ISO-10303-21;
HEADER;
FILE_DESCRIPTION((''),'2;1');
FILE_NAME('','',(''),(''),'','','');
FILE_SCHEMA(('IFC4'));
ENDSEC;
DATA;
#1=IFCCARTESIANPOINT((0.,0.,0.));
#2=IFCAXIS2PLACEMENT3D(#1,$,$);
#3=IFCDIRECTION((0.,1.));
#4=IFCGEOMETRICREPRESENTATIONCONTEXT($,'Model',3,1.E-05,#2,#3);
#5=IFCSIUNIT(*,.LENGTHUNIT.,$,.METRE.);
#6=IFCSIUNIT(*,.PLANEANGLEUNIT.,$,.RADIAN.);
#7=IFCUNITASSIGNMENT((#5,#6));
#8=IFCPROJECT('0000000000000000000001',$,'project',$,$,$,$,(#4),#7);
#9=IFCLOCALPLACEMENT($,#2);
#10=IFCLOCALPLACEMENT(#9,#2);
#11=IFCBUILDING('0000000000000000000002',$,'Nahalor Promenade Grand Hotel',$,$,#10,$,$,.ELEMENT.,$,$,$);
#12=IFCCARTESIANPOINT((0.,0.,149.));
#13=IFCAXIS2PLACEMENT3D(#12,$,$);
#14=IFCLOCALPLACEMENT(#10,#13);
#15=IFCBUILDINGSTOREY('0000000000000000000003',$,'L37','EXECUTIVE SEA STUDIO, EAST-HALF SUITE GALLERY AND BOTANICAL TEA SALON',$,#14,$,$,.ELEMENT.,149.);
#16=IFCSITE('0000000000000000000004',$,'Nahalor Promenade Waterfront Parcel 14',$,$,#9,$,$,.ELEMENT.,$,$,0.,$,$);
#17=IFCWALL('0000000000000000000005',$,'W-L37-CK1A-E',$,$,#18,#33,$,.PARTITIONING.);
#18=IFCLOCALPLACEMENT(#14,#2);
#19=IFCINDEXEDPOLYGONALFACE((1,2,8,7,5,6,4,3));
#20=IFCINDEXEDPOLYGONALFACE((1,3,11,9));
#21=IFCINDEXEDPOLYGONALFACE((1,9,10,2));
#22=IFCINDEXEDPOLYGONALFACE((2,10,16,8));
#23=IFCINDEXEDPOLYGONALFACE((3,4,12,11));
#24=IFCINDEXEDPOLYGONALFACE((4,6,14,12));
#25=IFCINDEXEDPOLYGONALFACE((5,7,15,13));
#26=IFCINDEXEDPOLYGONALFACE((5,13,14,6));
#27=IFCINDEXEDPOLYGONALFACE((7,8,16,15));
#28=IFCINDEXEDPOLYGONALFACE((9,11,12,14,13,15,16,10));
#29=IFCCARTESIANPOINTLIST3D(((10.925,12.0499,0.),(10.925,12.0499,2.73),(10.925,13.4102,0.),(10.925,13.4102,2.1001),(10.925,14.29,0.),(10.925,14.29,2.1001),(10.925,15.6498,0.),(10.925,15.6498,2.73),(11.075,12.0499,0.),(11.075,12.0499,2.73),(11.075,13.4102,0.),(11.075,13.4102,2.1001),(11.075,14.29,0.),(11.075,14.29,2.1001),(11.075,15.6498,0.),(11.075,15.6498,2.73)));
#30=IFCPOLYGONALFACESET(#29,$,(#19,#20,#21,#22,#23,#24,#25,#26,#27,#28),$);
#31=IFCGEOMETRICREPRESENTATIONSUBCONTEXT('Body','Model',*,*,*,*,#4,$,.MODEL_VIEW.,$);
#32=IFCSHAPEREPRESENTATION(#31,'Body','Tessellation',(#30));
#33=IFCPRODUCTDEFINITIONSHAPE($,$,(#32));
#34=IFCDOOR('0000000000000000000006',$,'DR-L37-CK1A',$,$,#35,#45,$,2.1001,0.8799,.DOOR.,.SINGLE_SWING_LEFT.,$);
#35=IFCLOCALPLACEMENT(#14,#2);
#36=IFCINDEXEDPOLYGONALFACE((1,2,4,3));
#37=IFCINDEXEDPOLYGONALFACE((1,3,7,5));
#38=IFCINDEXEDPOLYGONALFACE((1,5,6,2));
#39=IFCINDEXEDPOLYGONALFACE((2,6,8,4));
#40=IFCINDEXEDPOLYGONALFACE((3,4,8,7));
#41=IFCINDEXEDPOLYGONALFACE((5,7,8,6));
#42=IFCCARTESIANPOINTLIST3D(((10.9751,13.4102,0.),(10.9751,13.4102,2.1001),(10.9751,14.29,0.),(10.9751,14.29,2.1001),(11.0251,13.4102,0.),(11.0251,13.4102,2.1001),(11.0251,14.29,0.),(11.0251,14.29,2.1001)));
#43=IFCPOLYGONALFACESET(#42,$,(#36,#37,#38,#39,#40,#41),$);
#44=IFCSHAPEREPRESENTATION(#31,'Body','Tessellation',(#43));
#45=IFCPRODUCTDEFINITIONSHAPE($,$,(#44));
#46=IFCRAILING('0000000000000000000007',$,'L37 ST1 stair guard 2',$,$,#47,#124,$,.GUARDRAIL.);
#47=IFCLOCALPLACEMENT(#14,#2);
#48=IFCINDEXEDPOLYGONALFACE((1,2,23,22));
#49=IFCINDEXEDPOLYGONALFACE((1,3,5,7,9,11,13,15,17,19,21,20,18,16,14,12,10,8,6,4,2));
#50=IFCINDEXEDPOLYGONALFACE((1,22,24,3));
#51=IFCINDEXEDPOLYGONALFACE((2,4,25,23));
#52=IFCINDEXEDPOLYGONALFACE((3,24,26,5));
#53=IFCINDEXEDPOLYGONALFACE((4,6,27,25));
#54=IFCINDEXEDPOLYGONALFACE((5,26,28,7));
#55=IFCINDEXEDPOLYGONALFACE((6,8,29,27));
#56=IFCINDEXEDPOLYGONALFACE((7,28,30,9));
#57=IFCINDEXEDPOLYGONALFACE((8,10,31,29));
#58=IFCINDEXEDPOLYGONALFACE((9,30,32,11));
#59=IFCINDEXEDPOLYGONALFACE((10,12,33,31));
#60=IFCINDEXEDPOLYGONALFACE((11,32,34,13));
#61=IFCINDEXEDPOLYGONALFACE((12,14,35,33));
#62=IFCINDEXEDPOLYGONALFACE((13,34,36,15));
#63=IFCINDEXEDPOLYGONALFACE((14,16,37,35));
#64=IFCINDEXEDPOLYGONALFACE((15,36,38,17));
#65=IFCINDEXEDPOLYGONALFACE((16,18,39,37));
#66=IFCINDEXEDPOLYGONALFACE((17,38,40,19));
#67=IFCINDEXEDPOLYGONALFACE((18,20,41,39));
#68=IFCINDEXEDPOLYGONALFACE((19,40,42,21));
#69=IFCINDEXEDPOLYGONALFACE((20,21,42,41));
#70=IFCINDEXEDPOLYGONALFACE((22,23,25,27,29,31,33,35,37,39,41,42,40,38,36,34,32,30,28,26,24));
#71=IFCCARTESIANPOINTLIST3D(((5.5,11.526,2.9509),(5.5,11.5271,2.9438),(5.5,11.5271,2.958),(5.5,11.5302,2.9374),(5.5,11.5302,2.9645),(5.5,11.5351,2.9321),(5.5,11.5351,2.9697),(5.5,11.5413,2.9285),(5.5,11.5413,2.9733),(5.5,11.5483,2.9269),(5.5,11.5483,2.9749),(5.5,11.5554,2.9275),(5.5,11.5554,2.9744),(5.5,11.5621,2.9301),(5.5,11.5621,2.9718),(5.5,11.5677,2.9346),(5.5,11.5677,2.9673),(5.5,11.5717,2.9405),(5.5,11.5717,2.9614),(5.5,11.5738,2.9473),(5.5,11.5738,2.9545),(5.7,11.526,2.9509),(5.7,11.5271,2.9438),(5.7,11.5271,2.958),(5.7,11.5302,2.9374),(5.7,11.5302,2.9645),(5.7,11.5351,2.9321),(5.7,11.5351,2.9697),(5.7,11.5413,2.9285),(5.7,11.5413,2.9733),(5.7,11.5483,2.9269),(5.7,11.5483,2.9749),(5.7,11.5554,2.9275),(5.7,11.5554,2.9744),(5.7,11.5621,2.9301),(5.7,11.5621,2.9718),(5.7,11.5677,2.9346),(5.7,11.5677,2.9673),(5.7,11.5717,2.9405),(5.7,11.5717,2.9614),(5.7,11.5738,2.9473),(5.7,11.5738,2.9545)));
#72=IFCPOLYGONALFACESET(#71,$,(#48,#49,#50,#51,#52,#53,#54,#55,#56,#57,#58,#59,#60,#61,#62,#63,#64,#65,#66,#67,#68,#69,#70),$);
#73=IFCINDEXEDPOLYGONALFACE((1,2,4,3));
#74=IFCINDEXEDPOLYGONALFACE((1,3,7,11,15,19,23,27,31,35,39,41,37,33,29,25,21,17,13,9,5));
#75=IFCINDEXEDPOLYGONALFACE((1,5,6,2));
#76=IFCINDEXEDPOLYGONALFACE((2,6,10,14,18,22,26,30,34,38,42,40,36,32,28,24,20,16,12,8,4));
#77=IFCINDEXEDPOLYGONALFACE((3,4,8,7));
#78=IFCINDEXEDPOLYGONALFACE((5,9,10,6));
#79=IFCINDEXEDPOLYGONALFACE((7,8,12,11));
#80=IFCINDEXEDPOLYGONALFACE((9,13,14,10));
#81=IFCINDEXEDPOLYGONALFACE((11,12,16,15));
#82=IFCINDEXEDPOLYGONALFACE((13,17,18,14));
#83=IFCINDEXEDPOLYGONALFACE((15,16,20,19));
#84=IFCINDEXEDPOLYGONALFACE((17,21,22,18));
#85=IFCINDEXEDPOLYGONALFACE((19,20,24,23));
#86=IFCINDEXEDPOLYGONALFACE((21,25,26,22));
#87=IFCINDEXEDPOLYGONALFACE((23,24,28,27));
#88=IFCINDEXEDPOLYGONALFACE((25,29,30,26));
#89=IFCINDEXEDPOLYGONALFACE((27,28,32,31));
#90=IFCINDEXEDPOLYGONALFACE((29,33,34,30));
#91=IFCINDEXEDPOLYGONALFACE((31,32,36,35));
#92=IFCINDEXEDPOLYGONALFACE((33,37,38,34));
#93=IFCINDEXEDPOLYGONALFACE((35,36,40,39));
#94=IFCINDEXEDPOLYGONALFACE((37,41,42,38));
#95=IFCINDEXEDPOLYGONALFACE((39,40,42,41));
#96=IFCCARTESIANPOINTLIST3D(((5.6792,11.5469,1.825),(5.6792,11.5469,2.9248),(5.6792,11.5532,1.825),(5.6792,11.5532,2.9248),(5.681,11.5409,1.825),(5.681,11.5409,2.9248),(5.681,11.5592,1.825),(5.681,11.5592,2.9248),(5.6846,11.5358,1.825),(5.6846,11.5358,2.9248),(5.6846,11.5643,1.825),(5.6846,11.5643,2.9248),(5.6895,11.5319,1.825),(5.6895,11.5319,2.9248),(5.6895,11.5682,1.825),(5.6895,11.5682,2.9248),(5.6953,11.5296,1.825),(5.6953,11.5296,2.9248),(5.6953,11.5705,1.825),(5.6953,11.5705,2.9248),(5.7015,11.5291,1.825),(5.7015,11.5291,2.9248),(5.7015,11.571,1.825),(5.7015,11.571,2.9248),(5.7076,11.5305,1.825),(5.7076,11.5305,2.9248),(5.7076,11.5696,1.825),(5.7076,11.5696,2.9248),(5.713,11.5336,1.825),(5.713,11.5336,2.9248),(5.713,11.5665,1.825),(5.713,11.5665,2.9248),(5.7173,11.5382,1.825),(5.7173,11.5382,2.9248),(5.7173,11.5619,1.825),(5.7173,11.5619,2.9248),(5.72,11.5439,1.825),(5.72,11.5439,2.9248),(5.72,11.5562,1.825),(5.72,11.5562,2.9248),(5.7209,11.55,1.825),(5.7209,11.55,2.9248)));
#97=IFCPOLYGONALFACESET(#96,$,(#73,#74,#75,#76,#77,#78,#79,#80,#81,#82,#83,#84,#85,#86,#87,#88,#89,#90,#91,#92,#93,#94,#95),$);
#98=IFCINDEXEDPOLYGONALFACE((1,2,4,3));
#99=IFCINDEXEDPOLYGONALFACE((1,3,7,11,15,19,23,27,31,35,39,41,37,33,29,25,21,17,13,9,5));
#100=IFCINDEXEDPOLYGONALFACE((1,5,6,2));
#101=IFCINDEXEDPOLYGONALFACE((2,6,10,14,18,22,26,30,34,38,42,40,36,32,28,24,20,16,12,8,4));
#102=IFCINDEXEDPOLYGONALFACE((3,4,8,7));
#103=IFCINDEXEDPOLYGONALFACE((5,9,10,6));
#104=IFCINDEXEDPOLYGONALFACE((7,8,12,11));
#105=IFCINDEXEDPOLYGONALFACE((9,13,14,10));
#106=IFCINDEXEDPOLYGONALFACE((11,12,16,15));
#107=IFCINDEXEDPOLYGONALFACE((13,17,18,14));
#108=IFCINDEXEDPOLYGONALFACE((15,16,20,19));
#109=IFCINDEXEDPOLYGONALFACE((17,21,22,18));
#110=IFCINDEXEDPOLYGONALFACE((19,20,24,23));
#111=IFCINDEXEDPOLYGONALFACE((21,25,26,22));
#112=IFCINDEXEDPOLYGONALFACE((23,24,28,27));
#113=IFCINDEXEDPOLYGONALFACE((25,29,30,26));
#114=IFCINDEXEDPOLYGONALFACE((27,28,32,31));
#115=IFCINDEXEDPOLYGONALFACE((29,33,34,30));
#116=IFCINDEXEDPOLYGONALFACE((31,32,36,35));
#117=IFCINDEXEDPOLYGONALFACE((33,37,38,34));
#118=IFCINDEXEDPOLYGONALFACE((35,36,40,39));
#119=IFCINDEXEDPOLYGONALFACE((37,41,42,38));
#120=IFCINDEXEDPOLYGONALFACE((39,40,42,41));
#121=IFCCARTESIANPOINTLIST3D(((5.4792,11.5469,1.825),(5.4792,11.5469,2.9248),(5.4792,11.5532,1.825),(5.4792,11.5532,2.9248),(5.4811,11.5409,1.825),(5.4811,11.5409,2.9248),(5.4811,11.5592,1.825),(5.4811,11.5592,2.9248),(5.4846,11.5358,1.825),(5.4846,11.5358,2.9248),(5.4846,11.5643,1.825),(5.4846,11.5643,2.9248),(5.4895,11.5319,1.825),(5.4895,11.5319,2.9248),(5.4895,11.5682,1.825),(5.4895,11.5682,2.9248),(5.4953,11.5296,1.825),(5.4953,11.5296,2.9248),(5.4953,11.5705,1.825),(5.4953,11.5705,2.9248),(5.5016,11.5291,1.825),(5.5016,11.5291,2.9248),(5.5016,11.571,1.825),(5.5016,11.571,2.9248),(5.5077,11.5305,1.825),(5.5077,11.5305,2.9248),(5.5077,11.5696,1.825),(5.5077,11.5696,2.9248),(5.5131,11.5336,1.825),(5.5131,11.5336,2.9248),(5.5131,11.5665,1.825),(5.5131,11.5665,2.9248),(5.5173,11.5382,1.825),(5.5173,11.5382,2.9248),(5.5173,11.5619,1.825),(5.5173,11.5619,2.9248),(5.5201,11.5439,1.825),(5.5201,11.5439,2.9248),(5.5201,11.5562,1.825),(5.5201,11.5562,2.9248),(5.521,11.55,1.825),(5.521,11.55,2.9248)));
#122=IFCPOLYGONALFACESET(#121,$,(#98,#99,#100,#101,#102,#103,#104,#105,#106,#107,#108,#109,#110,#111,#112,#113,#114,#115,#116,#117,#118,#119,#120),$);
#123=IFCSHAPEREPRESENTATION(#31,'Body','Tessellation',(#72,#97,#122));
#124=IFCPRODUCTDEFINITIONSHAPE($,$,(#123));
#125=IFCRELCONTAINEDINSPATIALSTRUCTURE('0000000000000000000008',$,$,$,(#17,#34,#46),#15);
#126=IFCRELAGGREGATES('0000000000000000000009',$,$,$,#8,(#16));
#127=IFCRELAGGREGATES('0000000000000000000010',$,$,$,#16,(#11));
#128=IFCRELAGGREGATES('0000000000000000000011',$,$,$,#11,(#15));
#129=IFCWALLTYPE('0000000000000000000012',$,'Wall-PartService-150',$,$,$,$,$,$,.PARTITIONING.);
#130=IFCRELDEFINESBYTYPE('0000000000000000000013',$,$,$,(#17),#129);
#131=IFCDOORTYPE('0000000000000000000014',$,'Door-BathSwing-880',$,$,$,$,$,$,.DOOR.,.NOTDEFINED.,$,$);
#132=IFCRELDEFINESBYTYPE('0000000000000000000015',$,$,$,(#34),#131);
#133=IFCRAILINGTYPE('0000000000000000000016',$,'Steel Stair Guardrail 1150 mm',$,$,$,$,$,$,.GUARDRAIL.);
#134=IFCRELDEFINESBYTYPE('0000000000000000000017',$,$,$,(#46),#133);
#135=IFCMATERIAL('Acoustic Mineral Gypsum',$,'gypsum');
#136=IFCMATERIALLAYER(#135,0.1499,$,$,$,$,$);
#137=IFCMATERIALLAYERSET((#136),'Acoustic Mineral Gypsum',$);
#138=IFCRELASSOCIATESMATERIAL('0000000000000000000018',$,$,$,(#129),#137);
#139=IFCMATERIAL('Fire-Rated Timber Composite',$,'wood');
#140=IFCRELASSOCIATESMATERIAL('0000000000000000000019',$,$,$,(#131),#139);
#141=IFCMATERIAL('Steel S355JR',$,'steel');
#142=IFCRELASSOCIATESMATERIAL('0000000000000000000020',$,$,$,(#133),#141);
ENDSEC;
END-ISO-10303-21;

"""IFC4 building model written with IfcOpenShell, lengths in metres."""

from ifc_helpers import new_model, si_unit, direction, frame, frame_2d, origin, origin_2d, place, context, subcontext, project, spatial, rectangle, circle, extrude, source, transform, mapped, material, layer, layer_set, type_object, element, fill, save


model = new_model("IFC4")

# Units and contexts
model_context = context("Model", 3, precision=1e-05, world=origin(), true_north=direction((0.0, 1.0)))
body_context = subcontext(model_context, "Body", "Model", "MODEL_VIEW")
ifc_project = project(units=[si_unit("LENGTHUNIT", "METRE"), si_unit("PLANEANGLEUNIT", "RADIAN")], contexts=[model_context])

# Site, building, storey
site_placement = place(None, origin())
site = spatial("IfcSite", under=ifc_project, at=site_placement, Name="Nahalor Promenade Waterfront Parcel 14", CompositionType="ELEMENT", RefElevation=0.0)
building_placement = place(site_placement, origin())
building = spatial("IfcBuilding", under=site, at=building_placement, Name="Nahalor Promenade Grand Hotel", CompositionType="ELEMENT")
storey_placement = place(building_placement, frame((0.0, 0.0, 149.0)))
storey = spatial("IfcBuildingStorey", under=building, at=storey_placement, Name="L37", Description="EXECUTIVE SEA STUDIO, EAST-HALF SUITE GALLERY AND BOTANICAL TEA SALON", CompositionType="ELEMENT", Elevation=149.0)

# Shared definitions
ifc_material_1 = material(Name="Steel S355JR", Category="steel")

# Shared definitions
ifc_material_2 = material(Name="Acoustic Mineral Gypsum", Category="gypsum")
ifc_layer_1 = layer(ifc_material_2, 0.1499)
ifc_layer_set_1 = layer_set([ifc_layer_1], Name="Acoustic Mineral Gypsum")
wall_type_1 = type_object("IfcWallType", Name="Wall-PartService-150", PredefinedType="PARTITIONING", material=ifc_layer_set_1)
shared_shape_1 = source(origin(), body_context, "Body", "SweptSolid", [
    extrude(rectangle(XDim=3.5999, YDim=0.1499, at=frame_2d((1.7998, 0.0))), origin(), (0.0, 0.0, 1.0), 2.73),
])

# Wall, opening, door
wall_1_placement = place(storey_placement, frame((11.0, 12.05, 0.0), z_axis=(0.0, 0.0, 1.0), x_axis=(0.0, 1.0, 0.0)))
wall_1 = element("IfcWall", 1, at=wall_1_placement, inside=storey, type_object=wall_type_1, Name="W-L37-CK1A-E", PredefinedType="PARTITIONING", context=body_context, shape_type="MappedRepresentation", body=[
    mapped(shared_shape_1, transform((0.0, 0.0, 0.0), scale=1.0)),
])
opening_placement = place(wall_1_placement, frame((1.3601, 0.0, 0.0)))
opening = element("IfcOpeningElement", 2, at=opening_placement, cuts=wall_1, PredefinedType="OPENING", context=body_context, shape_type="SweptSolid", body=[
    extrude(rectangle(XDim=0.8799, YDim=2.1001, at=frame_2d((0.4399, 1.05))), frame((0.0, 0.085, 0.0), z_axis=(0.0, -1.0, 0.0), x_axis=(1.0, 0.0, 0.0)), (0.0, 0.0, 1.0), 0.1699),
])
ifc_material_3 = material(Name="Fire-Rated Timber Composite", Category="wood")
door_type = type_object("IfcDoorType", Name="Door-BathSwing-880", OperationType="NOTDEFINED", PredefinedType="DOOR", material=ifc_material_3)
shared_shape_2 = source(origin(), body_context, "Body", "SweptSolid", [
    extrude(rectangle(XDim=0.8799, YDim=2.1001, at=frame_2d((0.4399, 1.05))), frame((0.0, 0.0249, 0.0), z_axis=(0.0, -1.0, 0.0), x_axis=(1.0, 0.0, 0.0)), (0.0, 0.0, 1.0), 0.05),
])
door_placement = place(opening_placement, origin())
door = element("IfcDoor", 3, at=door_placement, inside=storey, type_object=door_type, Name="DR-L37-CK1A", OperationType="SINGLE_SWING_LEFT", OverallHeight=2.1001, OverallWidth=0.8799, PredefinedType="DOOR", context=body_context, shape_type="MappedRepresentation", body=[
    mapped(shared_shape_2, transform((0.0, 0.0, 0.0), scale=1.0)),
])
fill(opening, door)

# Railing
railing_type = type_object("IfcRailingType", Name="Steel Stair Guardrail 1150 mm", PredefinedType="GUARDRAIL", material=ifc_material_1)
railing_1_placement = place(storey_placement, frame((5.7, 11.55, 1.825)))
element("IfcRailing", 4, at=railing_1_placement, inside=storey, type_object=railing_type, Name="L37 ST1 stair guard 2", PredefinedType="GUARDRAIL", context=body_context, shape_type="SweptSolid", body=[
    extrude(circle(Radius=0.024, at=origin_2d()), frame((0.0, 0.0, 1.126), z_axis=(-1.0, 0.0, 0.0), x_axis=(0.0, -1.0, 0.0)), (0.0, 0.0, 1.0), 0.2),
    extrude(circle(Radius=0.021, at=origin_2d()), origin(), (0.0, 0.0, 1.0), 1.0999),
    extrude(circle(Radius=0.021, at=origin_2d()), frame((-0.2, 0.0, 0.0)), (0.0, 0.0, 1.0), 1.0999),
])

save(model, "model.ifc")
